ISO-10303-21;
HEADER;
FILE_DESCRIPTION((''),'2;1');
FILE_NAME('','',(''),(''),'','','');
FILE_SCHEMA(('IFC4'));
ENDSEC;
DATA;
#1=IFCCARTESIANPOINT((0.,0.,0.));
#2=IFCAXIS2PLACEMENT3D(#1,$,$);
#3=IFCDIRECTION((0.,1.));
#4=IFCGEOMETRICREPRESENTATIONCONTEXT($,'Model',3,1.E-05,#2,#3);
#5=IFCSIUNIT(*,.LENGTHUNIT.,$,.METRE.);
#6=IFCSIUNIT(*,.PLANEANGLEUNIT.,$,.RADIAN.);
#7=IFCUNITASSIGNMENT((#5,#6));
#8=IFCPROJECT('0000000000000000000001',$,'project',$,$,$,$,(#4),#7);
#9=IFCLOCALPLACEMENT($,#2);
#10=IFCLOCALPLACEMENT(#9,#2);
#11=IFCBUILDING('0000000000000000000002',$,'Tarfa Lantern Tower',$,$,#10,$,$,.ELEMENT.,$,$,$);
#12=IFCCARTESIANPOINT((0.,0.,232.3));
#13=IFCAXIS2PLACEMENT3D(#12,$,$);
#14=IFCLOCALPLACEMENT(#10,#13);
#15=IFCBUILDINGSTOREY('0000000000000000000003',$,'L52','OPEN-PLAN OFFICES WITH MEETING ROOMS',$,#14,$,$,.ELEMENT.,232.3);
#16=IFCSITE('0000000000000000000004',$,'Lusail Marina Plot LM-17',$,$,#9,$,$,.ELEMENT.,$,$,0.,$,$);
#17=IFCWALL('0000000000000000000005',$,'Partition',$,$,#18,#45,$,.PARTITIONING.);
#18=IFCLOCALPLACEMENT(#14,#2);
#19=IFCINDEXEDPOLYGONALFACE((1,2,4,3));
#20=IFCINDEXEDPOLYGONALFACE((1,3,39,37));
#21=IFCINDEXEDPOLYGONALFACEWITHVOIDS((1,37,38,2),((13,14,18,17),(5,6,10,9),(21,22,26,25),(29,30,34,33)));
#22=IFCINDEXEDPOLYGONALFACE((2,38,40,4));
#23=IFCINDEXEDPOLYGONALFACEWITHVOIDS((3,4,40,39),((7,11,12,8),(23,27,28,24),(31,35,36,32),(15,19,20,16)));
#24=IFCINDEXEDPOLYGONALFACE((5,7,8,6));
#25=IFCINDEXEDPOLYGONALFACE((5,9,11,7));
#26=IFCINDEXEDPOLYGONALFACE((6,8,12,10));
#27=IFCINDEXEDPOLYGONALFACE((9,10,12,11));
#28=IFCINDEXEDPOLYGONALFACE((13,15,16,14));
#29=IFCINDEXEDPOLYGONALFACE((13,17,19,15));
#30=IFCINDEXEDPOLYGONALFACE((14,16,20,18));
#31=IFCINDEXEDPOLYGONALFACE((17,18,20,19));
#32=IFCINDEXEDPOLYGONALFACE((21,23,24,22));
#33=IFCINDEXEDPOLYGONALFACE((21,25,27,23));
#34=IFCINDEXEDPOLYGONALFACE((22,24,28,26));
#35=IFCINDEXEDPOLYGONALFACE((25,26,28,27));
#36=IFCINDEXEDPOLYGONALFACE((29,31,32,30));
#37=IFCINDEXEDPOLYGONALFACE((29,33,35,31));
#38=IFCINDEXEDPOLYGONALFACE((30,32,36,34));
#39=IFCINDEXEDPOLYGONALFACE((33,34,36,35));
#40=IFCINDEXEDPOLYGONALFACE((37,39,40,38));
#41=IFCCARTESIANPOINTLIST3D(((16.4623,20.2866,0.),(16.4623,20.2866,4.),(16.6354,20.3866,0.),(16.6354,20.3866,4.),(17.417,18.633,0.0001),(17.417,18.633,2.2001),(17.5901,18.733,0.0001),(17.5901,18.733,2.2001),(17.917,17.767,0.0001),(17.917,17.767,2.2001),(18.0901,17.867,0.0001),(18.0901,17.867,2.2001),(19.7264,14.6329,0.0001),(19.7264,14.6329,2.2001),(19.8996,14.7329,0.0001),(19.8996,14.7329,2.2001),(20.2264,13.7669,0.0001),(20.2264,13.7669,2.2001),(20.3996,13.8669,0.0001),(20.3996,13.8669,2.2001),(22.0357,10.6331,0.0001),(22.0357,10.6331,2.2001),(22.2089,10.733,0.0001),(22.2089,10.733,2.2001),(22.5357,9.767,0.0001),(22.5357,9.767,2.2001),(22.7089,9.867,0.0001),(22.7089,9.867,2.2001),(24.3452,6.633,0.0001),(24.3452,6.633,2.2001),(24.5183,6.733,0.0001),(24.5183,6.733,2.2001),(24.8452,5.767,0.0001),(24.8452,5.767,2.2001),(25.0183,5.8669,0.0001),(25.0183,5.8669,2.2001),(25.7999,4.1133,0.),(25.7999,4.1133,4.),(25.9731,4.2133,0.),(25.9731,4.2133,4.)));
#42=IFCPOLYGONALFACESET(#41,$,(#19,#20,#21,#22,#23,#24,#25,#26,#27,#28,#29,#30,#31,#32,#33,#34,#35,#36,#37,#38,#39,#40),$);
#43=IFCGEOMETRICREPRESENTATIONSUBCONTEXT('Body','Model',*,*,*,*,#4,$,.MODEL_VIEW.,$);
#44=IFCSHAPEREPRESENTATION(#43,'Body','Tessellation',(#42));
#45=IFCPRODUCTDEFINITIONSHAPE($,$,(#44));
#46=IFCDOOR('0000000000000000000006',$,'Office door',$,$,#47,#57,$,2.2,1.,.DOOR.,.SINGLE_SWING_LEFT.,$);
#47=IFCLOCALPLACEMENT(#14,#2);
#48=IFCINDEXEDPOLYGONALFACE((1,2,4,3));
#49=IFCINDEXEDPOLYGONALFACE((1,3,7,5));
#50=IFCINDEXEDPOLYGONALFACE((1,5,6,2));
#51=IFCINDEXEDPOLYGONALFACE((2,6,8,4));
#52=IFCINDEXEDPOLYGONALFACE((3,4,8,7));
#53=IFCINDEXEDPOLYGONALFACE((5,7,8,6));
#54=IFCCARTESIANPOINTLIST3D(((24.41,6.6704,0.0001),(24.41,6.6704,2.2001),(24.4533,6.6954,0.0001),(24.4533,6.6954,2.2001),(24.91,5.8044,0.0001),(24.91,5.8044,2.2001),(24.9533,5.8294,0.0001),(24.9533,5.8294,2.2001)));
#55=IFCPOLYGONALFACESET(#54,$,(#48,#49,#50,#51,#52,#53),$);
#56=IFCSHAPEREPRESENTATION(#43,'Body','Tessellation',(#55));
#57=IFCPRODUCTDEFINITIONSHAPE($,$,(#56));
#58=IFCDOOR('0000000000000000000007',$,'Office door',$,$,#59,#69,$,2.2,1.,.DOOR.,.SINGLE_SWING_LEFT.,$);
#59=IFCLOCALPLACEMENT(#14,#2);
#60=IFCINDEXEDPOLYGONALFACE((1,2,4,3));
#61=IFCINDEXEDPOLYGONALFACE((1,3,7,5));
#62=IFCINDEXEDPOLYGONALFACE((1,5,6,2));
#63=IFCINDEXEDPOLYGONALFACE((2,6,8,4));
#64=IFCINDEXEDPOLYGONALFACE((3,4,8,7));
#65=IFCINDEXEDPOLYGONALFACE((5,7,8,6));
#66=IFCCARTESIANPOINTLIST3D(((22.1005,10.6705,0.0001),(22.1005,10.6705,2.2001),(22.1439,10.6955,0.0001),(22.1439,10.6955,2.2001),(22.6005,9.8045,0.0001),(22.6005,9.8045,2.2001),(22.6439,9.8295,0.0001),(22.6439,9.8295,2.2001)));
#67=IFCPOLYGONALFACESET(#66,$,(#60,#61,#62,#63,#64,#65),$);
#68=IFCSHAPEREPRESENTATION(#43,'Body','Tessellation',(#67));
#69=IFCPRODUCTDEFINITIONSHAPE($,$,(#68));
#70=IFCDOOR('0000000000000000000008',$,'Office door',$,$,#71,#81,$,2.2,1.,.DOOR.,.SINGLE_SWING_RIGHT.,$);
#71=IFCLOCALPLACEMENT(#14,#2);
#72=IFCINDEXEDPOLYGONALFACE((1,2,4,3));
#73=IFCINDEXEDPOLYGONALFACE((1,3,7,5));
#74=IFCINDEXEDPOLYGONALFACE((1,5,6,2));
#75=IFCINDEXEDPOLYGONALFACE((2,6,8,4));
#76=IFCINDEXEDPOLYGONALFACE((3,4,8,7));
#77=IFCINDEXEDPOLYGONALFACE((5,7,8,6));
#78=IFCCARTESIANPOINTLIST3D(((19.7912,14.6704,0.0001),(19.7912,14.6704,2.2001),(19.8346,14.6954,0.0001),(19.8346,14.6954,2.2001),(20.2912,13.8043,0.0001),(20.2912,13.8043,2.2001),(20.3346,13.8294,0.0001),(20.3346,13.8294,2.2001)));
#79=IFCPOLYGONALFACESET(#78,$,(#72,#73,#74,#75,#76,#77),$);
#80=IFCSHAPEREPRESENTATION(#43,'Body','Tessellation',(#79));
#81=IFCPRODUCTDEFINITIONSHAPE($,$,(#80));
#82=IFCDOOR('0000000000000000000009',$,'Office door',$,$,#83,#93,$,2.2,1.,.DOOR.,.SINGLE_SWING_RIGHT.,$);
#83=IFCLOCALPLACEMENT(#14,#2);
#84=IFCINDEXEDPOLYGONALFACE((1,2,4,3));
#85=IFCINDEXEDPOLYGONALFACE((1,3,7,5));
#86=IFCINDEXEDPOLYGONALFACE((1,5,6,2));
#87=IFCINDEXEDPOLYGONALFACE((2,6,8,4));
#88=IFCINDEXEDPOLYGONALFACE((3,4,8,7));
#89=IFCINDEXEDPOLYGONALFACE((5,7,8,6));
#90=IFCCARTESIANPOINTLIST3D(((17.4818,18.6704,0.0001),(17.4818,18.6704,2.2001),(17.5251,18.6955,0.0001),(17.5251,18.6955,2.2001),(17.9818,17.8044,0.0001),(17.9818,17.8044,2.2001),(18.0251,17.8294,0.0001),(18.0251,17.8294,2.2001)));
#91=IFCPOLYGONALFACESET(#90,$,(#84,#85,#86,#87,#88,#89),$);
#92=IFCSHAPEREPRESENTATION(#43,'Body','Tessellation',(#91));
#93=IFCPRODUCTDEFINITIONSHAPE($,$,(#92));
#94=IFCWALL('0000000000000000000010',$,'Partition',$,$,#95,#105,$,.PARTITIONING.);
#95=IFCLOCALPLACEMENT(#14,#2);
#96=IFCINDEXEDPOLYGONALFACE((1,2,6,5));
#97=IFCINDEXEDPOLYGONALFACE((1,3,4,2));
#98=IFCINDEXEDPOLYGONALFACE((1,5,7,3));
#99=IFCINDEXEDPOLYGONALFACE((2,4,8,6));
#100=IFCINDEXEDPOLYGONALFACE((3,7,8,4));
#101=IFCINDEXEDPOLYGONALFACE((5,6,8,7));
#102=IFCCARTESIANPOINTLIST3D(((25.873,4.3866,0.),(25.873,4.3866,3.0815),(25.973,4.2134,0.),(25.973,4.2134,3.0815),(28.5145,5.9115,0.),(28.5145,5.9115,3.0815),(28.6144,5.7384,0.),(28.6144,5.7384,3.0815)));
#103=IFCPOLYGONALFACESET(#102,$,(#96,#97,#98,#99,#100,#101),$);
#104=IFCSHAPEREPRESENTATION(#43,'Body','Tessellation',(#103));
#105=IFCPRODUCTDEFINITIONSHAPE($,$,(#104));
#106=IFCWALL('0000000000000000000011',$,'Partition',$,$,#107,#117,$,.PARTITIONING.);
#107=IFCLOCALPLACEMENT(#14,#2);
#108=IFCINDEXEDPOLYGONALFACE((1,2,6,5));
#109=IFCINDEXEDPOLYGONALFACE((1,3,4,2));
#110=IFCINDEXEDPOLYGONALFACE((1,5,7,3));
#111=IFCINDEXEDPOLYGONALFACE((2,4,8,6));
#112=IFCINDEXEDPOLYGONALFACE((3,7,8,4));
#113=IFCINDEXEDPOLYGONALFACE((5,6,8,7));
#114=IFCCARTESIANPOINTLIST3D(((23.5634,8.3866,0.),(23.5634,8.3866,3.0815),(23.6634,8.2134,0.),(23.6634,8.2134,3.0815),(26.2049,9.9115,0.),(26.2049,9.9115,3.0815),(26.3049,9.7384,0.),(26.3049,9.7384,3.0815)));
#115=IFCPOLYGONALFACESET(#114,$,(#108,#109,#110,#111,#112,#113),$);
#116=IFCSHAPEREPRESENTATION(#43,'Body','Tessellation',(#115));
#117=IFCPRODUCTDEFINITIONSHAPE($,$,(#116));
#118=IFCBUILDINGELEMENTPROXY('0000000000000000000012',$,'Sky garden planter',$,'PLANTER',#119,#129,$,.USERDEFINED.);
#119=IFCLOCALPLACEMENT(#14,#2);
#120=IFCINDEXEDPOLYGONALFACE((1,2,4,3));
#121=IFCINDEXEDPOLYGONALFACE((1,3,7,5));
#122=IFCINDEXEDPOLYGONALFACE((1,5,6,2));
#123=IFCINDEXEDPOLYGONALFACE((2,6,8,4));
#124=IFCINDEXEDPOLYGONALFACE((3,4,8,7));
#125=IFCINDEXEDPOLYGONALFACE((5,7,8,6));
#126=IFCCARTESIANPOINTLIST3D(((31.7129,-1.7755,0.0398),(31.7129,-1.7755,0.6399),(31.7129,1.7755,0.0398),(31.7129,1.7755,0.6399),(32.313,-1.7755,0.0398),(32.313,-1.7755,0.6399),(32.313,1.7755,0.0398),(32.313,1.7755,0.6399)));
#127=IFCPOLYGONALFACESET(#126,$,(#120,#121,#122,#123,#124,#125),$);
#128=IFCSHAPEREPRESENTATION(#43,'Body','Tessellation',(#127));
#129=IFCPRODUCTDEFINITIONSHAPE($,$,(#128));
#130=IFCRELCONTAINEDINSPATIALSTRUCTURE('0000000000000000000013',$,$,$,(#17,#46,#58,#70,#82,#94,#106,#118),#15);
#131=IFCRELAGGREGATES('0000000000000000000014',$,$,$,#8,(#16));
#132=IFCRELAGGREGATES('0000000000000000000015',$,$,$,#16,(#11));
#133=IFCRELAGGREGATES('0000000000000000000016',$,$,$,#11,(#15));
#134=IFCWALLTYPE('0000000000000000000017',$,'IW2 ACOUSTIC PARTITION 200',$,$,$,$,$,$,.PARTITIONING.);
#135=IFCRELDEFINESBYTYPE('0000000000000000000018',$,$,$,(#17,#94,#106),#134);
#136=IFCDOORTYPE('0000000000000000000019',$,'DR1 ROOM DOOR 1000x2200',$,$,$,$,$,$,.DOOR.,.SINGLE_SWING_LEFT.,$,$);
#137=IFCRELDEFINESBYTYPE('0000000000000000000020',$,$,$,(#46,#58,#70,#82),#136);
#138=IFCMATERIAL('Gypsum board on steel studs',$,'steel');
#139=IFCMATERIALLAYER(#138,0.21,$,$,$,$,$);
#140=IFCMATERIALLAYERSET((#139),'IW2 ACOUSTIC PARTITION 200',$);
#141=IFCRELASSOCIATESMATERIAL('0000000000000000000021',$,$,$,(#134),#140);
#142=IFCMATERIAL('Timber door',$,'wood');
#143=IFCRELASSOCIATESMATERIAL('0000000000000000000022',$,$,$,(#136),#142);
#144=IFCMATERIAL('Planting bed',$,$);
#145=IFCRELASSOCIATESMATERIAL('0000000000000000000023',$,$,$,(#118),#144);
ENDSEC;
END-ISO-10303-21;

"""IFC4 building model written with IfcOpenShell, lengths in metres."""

from ifc_helpers import new_model, si_unit, direction, frame, frame_2d, origin, origin_2d, place, context, subcontext, project, spatial, rectangle, extrude, material, layer, layer_set, type_object, element, fill, save


model = new_model("IFC4")

# Units and contexts
model_context = context("Model", 3, precision=1e-05, world=origin(), true_north=direction((0.0, 1.0)))
body_context = subcontext(model_context, "Body", "Model", "MODEL_VIEW")
ifc_project = project(units=[si_unit("LENGTHUNIT", "METRE"), si_unit("PLANEANGLEUNIT", "RADIAN")], contexts=[model_context])

# Site, building, storey
site_placement = place(None, origin())
site = spatial("IfcSite", under=ifc_project, at=site_placement, Name="Lusail Marina Plot LM-17", CompositionType="ELEMENT", RefElevation=0.0)
building_placement = place(site_placement, origin())
building = spatial("IfcBuilding", under=site, at=building_placement, Name="Tarfa Lantern Tower", CompositionType="ELEMENT")
storey_placement = place(building_placement, frame((0.0, 0.0, 232.3)))
storey = spatial("IfcBuildingStorey", under=building, at=storey_placement, Name="L52", Description="OPEN-PLAN OFFICES WITH MEETING ROOMS", CompositionType="ELEMENT", Elevation=232.3)

# Wall, openings, doors
ifc_material_1 = material(Name="Gypsum board on steel studs", Category="steel")
ifc_layer_1 = layer(ifc_material_1, 0.21)
ifc_layer_set_1 = layer_set([ifc_layer_1], Name="IW2 ACOUSTIC PARTITION 200")
wall_type = type_object("IfcWallType", Name="IW2 ACOUSTIC PARTITION 200", PredefinedType="PARTITIONING", material=ifc_layer_set_1)
wall_placement = place(storey_placement, frame((25.8865, 4.1633, 0.0), z_axis=(0.0, 0.0, 1.0), x_axis=(-0.499999, 0.866026, 0.0)))
wall = element("IfcWall", 1, at=wall_placement, inside=storey, type_object=wall_type, Name="Partition", PredefinedType="PARTITIONING", context=body_context, shape_type="SweptSolid", body=[
    extrude(rectangle(XDim=18.6753, YDim=0.2, at=frame_2d((9.3376, 0.0))), origin(), (0.0, 0.0, 1.0), 4.0),
])
opening_1_placement = place(wall_placement, frame((1.9094, 0.0, 0.0)))
opening_1 = element("IfcOpeningElement", 2, at=opening_1_placement, cuts=wall, PredefinedType="OPENING", context=body_context, shape_type="SweptSolid", body=[
    extrude(rectangle(XDim=1.0, YDim=2.2, at=frame_2d((0.5, 1.1001))), frame((0.0, 0.1099, 0.0), z_axis=(0.0, -1.0, 0.0), x_axis=(1.0, 0.0, 0.0)), (0.0, 0.0, 1.0), 0.22),
])
opening_2_placement = place(wall_placement, frame((6.5283, 0.0, 0.0)))
opening_2 = element("IfcOpeningElement", 3, at=opening_2_placement, cuts=wall, PredefinedType="OPENING", context=body_context, shape_type="SweptSolid", body=[
    extrude(rectangle(XDim=1.0, YDim=2.2, at=frame_2d((0.5, 1.1001))), frame((0.0, 0.1099, 0.0), z_axis=(0.0, -1.0, 0.0), x_axis=(1.0, 0.0, 0.0)), (0.0, 0.0, 1.0), 0.22),
])
opening_3_placement = place(wall_placement, frame((11.147, 0.0, 0.0)))
opening_3 = element("IfcOpeningElement", 4, at=opening_3_placement, cuts=wall, PredefinedType="OPENING", context=body_context, shape_type="SweptSolid", body=[
    extrude(rectangle(XDim=1.0, YDim=2.2, at=frame_2d((0.5, 1.1001))), frame((0.0, 0.1099, 0.0), z_axis=(0.0, -1.0, 0.0), x_axis=(1.0, 0.0, 0.0)), (0.0, 0.0, 1.0), 0.22),
])
opening_4_placement = place(wall_placement, frame((15.7659, 0.0, 0.0)))
opening_4 = element("IfcOpeningElement", 5, at=opening_4_placement, cuts=wall, PredefinedType="OPENING", context=body_context, shape_type="SweptSolid", body=[
    extrude(rectangle(XDim=1.0, YDim=2.2, at=frame_2d((0.5, 1.1001))), frame((0.0, 0.1099, 0.0), z_axis=(0.0, -1.0, 0.0), x_axis=(1.0, 0.0, 0.0)), (0.0, 0.0, 1.0), 0.22),
])
ifc_material_2 = material(Name="Timber door", Category="wood")
door_type = type_object("IfcDoorType", Name="DR1 ROOM DOOR 1000x2200", OperationType="SINGLE_SWING_LEFT", PredefinedType="DOOR", material=ifc_material_2)
door_1_placement = place(opening_1_placement, frame((1.0, 0.0, 0.0), z_axis=(0.0, 0.0, 1.0), x_axis=(-1.0, 0.0, 0.0)))
door_1 = element("IfcDoor", 6, at=door_1_placement, inside=storey, type_object=door_type, Name="Office door", OperationType="SINGLE_SWING_LEFT", OverallHeight=2.2, OverallWidth=1.0, PredefinedType="DOOR", context=body_context, shape_type="SweptSolid", body=[
    extrude(rectangle(XDim=1.0, YDim=2.2, at=frame_2d((0.5, 1.1001))), frame((0.0, 0.0249, 0.0), z_axis=(0.0, -1.0, 0.0), x_axis=(1.0, 0.0, 0.0)), (0.0, 0.0, 1.0), 0.05),
])
fill(opening_1, door_1)
door_2_placement = place(opening_2_placement, frame((1.0, 0.0, 0.0), z_axis=(0.0, 0.0, 1.0), x_axis=(-1.0, 0.0, 0.0)))
door_2 = element("IfcDoor", 7, at=door_2_placement, inside=storey, type_object=door_type, Name="Office door", OperationType="SINGLE_SWING_LEFT", OverallHeight=2.2, OverallWidth=1.0, PredefinedType="DOOR", context=body_context, shape_type="SweptSolid", body=[
    extrude(rectangle(XDim=1.0, YDim=2.2, at=frame_2d((0.5, 1.1001))), frame((0.0, 0.0249, 0.0), z_axis=(0.0, -1.0, 0.0), x_axis=(1.0, 0.0, 0.0)), (0.0, 0.0, 1.0), 0.05),
])
fill(opening_2, door_2)
door_3_placement = place(opening_3_placement, frame((1.0, 0.0, 0.0), z_axis=(0.0, 0.0, 1.0), x_axis=(-1.0, 0.0, 0.0)))
door_3 = element("IfcDoor", 8, at=door_3_placement, inside=storey, type_object=door_type, Name="Office door", OperationType="SINGLE_SWING_RIGHT", OverallHeight=2.2, OverallWidth=1.0, PredefinedType="DOOR", context=body_context, shape_type="SweptSolid", body=[
    extrude(rectangle(XDim=1.0, YDim=2.2, at=frame_2d((0.5, 1.1001))), frame((0.0, 0.0249, 0.0), z_axis=(0.0, -1.0, 0.0), x_axis=(1.0, 0.0, 0.0)), (0.0, 0.0, 1.0), 0.05),
])
fill(opening_3, door_3)
door_4_placement = place(opening_4_placement, frame((1.0, 0.0, 0.0), z_axis=(0.0, 0.0, 1.0), x_axis=(-1.0, 0.0, 0.0)))
door_4 = element("IfcDoor", 9, at=door_4_placement, inside=storey, type_object=door_type, Name="Office door", OperationType="SINGLE_SWING_RIGHT", OverallHeight=2.2, OverallWidth=1.0, PredefinedType="DOOR", context=body_context, shape_type="SweptSolid", body=[
    extrude(rectangle(XDim=1.0, YDim=2.2, at=frame_2d((0.5, 1.1001))), frame((0.0, 0.0249, 0.0), z_axis=(0.0, -1.0, 0.0), x_axis=(1.0, 0.0, 0.0)), (0.0, 0.0, 1.0), 0.05),
])
fill(opening_4, door_4)

# Walls
for number, where, z_axis, x_axis, name in (
    (10, (25.9231, 4.3, 0.0), (0.0, 0.0, 1.0), (0.866038, 0.499979, 0.0), "Partition"),
    (11, (23.6135, 8.3, 0.0), (0.0, 0.0, 1.0), (0.866038, 0.499979, 0.0), "Partition"),
):
    element("IfcWall", number, at=place(storey_placement, frame(where, z_axis=z_axis, x_axis=x_axis)), inside=storey, type_object=wall_type, Name=name, PredefinedType="PARTITIONING", context=body_context, shape_type="SweptSolid", body=[
        extrude(rectangle(XDim=3.05, YDim=0.2, at=frame_2d((1.5249, 0.0))), origin(), (0.0, 0.0, 1.0), 3.0815),
    ])

# Building element proxy
ifc_material_3 = material(Name="Planting bed")
proxy_placement = place(storey_placement, frame((32.0129, 0.0, 0.0398), z_axis=(0.0, 0.0, 1.0), x_axis=(0.0, 1.0, 0.0)))
element("IfcBuildingElementProxy", 12, at=proxy_placement, inside=storey, material=ifc_material_3, Name="Sky garden planter", ObjectType="PLANTER", PredefinedType="USERDEFINED", context=body_context, shape_type="SweptSolid", body=[
    extrude(rectangle(XDim=3.551, YDim=0.6001, at=origin_2d()), origin(), (0.0, 0.0, 1.0), 0.6001),
])

save(model, "model.ifc")
